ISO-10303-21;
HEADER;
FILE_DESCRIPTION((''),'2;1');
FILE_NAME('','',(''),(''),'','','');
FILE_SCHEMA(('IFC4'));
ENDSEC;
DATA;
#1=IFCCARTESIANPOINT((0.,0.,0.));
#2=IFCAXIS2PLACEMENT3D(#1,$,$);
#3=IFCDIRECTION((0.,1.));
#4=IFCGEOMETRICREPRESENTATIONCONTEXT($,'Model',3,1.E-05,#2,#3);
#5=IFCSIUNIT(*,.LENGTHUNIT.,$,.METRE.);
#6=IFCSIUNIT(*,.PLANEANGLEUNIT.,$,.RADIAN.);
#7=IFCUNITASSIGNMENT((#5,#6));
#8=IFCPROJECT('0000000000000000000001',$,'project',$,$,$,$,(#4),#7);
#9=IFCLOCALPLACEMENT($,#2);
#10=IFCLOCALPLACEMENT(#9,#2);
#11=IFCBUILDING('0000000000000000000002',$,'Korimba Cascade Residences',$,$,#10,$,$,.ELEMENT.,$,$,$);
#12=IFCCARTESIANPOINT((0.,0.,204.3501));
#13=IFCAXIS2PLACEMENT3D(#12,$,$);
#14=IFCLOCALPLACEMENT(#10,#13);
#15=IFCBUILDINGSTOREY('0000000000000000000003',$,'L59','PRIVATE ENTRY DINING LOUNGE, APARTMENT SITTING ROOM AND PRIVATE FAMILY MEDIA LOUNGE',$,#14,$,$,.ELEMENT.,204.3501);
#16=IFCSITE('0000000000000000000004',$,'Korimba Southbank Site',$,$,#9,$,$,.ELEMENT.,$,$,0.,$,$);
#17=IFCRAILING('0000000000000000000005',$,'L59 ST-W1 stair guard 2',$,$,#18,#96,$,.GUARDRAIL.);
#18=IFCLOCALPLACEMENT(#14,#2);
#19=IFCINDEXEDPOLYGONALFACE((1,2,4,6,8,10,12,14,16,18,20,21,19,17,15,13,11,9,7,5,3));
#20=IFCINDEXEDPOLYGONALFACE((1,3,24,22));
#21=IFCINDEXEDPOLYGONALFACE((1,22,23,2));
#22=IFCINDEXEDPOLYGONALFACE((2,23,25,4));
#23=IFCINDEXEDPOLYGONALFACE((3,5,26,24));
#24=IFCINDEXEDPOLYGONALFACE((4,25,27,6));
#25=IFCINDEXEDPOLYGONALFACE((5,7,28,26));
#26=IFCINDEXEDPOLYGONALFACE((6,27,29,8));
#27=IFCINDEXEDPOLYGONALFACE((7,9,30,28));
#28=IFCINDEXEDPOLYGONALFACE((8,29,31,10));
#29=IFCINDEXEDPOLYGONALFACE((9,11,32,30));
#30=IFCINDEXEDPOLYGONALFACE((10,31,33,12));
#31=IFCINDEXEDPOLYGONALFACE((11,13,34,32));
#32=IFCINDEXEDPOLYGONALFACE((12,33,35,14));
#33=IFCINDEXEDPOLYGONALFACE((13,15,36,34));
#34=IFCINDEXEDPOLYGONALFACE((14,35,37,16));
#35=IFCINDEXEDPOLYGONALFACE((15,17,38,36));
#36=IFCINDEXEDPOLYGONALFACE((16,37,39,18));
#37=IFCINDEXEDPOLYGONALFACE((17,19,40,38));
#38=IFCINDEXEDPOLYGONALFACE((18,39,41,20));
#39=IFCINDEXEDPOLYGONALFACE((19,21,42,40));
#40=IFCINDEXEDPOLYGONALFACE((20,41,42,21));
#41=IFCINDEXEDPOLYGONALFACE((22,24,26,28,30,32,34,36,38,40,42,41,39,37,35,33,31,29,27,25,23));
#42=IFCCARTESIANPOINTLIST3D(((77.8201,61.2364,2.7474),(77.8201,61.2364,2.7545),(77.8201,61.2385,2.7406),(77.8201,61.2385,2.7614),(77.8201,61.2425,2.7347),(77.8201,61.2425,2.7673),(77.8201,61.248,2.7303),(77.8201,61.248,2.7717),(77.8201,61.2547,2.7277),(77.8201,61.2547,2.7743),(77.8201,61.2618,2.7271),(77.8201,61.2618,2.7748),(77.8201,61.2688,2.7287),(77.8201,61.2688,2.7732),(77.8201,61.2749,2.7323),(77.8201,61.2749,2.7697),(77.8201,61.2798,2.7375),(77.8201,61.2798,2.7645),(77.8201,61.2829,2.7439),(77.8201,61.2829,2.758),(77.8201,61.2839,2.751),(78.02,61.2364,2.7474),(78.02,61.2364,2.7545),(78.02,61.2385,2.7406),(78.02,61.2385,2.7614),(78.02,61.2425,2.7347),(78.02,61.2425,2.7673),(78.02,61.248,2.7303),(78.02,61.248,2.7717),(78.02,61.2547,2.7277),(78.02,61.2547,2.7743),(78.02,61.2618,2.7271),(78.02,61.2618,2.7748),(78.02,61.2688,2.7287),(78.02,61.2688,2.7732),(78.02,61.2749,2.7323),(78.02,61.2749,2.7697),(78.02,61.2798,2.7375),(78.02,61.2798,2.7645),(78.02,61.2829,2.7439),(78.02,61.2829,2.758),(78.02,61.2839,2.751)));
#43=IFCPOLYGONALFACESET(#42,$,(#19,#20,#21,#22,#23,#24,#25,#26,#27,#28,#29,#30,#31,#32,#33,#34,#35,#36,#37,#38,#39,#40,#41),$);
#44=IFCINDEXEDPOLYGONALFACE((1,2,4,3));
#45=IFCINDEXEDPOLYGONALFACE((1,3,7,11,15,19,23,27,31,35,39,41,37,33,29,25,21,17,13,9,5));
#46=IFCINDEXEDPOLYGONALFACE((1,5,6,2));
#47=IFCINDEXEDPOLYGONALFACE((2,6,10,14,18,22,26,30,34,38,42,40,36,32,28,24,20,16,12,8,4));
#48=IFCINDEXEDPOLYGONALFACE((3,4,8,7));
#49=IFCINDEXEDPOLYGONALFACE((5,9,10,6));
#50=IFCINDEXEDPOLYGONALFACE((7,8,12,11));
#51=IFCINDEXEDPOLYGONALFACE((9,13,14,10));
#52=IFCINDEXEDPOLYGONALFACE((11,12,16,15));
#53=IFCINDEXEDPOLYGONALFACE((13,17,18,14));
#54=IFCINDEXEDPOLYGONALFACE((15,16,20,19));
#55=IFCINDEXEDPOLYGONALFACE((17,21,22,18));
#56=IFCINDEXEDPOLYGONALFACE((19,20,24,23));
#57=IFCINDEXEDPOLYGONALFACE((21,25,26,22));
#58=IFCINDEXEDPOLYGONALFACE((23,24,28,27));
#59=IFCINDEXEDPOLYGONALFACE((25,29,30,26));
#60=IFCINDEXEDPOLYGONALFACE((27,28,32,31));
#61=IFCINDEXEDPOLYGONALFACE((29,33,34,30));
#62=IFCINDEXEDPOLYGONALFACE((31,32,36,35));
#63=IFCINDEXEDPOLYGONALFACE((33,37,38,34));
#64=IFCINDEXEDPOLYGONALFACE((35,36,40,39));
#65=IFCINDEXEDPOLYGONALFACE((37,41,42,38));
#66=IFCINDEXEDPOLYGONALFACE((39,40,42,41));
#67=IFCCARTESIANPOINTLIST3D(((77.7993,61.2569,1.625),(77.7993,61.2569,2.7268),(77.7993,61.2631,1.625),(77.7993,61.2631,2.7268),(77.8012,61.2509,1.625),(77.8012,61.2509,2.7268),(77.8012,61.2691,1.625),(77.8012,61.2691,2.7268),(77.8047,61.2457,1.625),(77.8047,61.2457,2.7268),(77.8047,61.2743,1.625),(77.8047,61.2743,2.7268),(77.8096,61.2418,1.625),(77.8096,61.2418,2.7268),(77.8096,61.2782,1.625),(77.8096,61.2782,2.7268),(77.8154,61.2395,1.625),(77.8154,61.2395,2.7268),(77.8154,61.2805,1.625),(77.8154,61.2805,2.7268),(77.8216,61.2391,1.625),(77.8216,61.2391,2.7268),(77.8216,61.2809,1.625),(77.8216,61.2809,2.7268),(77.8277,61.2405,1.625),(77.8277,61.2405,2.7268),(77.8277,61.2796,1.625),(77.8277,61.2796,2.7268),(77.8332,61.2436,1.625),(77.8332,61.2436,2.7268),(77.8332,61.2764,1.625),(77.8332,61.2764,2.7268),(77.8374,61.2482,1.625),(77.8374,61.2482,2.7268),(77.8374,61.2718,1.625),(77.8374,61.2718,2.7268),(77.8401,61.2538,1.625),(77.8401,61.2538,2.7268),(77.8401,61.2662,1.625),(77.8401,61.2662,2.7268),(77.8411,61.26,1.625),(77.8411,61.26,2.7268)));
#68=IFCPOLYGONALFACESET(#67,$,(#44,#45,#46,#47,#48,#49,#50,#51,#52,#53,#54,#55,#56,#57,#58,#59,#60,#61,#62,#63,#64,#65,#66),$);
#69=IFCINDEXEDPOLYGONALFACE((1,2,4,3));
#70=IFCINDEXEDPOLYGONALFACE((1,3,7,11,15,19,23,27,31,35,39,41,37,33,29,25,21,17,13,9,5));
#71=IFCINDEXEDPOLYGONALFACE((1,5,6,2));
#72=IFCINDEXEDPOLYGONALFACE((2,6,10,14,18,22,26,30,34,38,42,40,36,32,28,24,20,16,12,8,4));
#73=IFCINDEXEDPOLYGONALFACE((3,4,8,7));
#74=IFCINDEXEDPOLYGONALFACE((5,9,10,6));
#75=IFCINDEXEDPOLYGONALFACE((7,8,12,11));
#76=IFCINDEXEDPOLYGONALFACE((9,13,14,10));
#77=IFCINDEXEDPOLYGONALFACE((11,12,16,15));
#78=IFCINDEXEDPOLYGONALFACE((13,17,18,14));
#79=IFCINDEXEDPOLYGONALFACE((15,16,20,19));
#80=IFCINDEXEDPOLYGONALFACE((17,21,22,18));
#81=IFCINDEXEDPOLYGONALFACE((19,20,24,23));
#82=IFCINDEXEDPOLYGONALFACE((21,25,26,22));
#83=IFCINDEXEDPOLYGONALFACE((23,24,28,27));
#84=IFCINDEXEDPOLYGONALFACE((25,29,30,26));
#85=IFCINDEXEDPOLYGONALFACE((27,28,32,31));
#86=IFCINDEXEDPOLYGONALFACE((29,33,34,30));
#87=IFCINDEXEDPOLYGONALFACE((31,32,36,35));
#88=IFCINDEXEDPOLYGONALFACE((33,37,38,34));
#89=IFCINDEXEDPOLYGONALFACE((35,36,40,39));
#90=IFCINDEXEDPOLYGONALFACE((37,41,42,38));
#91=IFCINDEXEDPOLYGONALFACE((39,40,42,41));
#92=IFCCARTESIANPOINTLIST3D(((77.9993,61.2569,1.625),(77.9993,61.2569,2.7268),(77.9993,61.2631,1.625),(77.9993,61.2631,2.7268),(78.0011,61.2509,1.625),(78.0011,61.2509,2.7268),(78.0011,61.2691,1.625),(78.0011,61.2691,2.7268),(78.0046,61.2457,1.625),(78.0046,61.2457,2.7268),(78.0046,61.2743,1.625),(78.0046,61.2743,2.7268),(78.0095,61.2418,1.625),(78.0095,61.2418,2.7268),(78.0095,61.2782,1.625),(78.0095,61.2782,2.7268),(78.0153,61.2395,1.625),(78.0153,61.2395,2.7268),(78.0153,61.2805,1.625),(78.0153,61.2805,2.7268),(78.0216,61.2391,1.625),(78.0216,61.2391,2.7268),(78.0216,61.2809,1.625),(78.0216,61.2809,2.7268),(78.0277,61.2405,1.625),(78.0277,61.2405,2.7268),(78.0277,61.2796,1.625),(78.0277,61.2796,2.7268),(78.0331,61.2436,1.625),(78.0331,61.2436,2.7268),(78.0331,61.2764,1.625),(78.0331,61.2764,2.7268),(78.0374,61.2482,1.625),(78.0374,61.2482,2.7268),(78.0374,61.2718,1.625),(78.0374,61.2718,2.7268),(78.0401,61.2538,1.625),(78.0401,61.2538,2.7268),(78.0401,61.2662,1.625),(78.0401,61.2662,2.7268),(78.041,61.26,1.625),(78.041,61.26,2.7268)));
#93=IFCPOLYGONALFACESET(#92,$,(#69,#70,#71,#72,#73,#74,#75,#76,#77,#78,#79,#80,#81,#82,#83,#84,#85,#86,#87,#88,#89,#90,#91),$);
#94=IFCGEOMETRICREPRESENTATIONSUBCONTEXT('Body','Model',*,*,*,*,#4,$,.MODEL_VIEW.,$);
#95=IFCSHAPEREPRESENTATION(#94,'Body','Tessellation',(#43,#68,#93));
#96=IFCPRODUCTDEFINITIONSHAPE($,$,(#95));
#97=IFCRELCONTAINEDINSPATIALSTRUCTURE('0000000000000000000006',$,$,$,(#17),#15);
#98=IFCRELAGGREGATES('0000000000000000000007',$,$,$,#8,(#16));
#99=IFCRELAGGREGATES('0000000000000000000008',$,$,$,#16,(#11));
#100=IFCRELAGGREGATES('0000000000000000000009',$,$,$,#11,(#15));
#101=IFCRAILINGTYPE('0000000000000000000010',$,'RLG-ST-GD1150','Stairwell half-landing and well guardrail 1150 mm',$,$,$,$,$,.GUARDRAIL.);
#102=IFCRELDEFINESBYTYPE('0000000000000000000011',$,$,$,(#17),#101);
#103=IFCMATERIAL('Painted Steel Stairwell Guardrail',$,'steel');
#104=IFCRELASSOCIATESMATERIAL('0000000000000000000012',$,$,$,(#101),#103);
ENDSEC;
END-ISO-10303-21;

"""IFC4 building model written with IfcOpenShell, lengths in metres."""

from ifc_helpers import new_model, si_unit, direction, frame, origin, origin_2d, place, context, subcontext, project, spatial, circle, extrude, material, type_object, element, save


model = new_model("IFC4")

# Units and contexts
model_context = context("Model", 3, precision=1e-05, world=origin(), true_north=direction((0.0, 1.0)))
body_context = subcontext(model_context, "Body", "Model", "MODEL_VIEW")
ifc_project = project(units=[si_unit("LENGTHUNIT", "METRE"), si_unit("PLANEANGLEUNIT", "RADIAN")], contexts=[model_context])

# Site, building, storey
site_placement = place(None, origin())
site = spatial("IfcSite", under=ifc_project, at=site_placement, Name="Korimba Southbank Site", CompositionType="ELEMENT", RefElevation=0.0)
building_placement = place(site_placement, origin())
building = spatial("IfcBuilding", under=site, at=building_placement, Name="Korimba Cascade Residences", CompositionType="ELEMENT")
storey_placement = place(building_placement, frame((0.0, 0.0, 204.3501)))
storey = spatial("IfcBuildingStorey", under=building, at=storey_placement, Name="L59", Description="PRIVATE ENTRY DINING LOUNGE, APARTMENT SITTING ROOM AND PRIVATE FAMILY MEDIA LOUNGE", CompositionType="ELEMENT", Elevation=204.3501)

# Railing
ifc_material_1 = material(Name="Painted Steel Stairwell Guardrail", Category="steel")
railing_type_1 = type_object("IfcRailingType", Name="RLG-ST-GD1150", Description="Stairwell half-landing and well guardrail 1150 mm", PredefinedType="GUARDRAIL", material=ifc_material_1)
railing_1_placement = place(storey_placement, frame((77.8201, 61.26, 1.625)))
element("IfcRailing", 1, at=railing_1_placement, inside=storey, type_object=railing_type_1, Name="L59 ST-W1 stair guard 2", PredefinedType="GUARDRAIL", context=body_context, shape_type="SweptSolid", body=[
    extrude(circle(Radius=0.0239, at=origin_2d()), frame((0.0, 0.0, 1.126), z_axis=(1.0, 0.0, 0.0), x_axis=(0.0, 1.0, 0.0)), (0.0, 0.0, 1.0), 0.2),
    extrude(circle(Radius=0.021, at=origin_2d()), origin(), (0.0, 0.0, 1.0), 1.1018),
    extrude(circle(Radius=0.021, at=origin_2d()), frame((0.2, 0.0, 0.0)), (0.0, 0.0, 1.0), 1.1018),
])

save(model, "model.ifc")
